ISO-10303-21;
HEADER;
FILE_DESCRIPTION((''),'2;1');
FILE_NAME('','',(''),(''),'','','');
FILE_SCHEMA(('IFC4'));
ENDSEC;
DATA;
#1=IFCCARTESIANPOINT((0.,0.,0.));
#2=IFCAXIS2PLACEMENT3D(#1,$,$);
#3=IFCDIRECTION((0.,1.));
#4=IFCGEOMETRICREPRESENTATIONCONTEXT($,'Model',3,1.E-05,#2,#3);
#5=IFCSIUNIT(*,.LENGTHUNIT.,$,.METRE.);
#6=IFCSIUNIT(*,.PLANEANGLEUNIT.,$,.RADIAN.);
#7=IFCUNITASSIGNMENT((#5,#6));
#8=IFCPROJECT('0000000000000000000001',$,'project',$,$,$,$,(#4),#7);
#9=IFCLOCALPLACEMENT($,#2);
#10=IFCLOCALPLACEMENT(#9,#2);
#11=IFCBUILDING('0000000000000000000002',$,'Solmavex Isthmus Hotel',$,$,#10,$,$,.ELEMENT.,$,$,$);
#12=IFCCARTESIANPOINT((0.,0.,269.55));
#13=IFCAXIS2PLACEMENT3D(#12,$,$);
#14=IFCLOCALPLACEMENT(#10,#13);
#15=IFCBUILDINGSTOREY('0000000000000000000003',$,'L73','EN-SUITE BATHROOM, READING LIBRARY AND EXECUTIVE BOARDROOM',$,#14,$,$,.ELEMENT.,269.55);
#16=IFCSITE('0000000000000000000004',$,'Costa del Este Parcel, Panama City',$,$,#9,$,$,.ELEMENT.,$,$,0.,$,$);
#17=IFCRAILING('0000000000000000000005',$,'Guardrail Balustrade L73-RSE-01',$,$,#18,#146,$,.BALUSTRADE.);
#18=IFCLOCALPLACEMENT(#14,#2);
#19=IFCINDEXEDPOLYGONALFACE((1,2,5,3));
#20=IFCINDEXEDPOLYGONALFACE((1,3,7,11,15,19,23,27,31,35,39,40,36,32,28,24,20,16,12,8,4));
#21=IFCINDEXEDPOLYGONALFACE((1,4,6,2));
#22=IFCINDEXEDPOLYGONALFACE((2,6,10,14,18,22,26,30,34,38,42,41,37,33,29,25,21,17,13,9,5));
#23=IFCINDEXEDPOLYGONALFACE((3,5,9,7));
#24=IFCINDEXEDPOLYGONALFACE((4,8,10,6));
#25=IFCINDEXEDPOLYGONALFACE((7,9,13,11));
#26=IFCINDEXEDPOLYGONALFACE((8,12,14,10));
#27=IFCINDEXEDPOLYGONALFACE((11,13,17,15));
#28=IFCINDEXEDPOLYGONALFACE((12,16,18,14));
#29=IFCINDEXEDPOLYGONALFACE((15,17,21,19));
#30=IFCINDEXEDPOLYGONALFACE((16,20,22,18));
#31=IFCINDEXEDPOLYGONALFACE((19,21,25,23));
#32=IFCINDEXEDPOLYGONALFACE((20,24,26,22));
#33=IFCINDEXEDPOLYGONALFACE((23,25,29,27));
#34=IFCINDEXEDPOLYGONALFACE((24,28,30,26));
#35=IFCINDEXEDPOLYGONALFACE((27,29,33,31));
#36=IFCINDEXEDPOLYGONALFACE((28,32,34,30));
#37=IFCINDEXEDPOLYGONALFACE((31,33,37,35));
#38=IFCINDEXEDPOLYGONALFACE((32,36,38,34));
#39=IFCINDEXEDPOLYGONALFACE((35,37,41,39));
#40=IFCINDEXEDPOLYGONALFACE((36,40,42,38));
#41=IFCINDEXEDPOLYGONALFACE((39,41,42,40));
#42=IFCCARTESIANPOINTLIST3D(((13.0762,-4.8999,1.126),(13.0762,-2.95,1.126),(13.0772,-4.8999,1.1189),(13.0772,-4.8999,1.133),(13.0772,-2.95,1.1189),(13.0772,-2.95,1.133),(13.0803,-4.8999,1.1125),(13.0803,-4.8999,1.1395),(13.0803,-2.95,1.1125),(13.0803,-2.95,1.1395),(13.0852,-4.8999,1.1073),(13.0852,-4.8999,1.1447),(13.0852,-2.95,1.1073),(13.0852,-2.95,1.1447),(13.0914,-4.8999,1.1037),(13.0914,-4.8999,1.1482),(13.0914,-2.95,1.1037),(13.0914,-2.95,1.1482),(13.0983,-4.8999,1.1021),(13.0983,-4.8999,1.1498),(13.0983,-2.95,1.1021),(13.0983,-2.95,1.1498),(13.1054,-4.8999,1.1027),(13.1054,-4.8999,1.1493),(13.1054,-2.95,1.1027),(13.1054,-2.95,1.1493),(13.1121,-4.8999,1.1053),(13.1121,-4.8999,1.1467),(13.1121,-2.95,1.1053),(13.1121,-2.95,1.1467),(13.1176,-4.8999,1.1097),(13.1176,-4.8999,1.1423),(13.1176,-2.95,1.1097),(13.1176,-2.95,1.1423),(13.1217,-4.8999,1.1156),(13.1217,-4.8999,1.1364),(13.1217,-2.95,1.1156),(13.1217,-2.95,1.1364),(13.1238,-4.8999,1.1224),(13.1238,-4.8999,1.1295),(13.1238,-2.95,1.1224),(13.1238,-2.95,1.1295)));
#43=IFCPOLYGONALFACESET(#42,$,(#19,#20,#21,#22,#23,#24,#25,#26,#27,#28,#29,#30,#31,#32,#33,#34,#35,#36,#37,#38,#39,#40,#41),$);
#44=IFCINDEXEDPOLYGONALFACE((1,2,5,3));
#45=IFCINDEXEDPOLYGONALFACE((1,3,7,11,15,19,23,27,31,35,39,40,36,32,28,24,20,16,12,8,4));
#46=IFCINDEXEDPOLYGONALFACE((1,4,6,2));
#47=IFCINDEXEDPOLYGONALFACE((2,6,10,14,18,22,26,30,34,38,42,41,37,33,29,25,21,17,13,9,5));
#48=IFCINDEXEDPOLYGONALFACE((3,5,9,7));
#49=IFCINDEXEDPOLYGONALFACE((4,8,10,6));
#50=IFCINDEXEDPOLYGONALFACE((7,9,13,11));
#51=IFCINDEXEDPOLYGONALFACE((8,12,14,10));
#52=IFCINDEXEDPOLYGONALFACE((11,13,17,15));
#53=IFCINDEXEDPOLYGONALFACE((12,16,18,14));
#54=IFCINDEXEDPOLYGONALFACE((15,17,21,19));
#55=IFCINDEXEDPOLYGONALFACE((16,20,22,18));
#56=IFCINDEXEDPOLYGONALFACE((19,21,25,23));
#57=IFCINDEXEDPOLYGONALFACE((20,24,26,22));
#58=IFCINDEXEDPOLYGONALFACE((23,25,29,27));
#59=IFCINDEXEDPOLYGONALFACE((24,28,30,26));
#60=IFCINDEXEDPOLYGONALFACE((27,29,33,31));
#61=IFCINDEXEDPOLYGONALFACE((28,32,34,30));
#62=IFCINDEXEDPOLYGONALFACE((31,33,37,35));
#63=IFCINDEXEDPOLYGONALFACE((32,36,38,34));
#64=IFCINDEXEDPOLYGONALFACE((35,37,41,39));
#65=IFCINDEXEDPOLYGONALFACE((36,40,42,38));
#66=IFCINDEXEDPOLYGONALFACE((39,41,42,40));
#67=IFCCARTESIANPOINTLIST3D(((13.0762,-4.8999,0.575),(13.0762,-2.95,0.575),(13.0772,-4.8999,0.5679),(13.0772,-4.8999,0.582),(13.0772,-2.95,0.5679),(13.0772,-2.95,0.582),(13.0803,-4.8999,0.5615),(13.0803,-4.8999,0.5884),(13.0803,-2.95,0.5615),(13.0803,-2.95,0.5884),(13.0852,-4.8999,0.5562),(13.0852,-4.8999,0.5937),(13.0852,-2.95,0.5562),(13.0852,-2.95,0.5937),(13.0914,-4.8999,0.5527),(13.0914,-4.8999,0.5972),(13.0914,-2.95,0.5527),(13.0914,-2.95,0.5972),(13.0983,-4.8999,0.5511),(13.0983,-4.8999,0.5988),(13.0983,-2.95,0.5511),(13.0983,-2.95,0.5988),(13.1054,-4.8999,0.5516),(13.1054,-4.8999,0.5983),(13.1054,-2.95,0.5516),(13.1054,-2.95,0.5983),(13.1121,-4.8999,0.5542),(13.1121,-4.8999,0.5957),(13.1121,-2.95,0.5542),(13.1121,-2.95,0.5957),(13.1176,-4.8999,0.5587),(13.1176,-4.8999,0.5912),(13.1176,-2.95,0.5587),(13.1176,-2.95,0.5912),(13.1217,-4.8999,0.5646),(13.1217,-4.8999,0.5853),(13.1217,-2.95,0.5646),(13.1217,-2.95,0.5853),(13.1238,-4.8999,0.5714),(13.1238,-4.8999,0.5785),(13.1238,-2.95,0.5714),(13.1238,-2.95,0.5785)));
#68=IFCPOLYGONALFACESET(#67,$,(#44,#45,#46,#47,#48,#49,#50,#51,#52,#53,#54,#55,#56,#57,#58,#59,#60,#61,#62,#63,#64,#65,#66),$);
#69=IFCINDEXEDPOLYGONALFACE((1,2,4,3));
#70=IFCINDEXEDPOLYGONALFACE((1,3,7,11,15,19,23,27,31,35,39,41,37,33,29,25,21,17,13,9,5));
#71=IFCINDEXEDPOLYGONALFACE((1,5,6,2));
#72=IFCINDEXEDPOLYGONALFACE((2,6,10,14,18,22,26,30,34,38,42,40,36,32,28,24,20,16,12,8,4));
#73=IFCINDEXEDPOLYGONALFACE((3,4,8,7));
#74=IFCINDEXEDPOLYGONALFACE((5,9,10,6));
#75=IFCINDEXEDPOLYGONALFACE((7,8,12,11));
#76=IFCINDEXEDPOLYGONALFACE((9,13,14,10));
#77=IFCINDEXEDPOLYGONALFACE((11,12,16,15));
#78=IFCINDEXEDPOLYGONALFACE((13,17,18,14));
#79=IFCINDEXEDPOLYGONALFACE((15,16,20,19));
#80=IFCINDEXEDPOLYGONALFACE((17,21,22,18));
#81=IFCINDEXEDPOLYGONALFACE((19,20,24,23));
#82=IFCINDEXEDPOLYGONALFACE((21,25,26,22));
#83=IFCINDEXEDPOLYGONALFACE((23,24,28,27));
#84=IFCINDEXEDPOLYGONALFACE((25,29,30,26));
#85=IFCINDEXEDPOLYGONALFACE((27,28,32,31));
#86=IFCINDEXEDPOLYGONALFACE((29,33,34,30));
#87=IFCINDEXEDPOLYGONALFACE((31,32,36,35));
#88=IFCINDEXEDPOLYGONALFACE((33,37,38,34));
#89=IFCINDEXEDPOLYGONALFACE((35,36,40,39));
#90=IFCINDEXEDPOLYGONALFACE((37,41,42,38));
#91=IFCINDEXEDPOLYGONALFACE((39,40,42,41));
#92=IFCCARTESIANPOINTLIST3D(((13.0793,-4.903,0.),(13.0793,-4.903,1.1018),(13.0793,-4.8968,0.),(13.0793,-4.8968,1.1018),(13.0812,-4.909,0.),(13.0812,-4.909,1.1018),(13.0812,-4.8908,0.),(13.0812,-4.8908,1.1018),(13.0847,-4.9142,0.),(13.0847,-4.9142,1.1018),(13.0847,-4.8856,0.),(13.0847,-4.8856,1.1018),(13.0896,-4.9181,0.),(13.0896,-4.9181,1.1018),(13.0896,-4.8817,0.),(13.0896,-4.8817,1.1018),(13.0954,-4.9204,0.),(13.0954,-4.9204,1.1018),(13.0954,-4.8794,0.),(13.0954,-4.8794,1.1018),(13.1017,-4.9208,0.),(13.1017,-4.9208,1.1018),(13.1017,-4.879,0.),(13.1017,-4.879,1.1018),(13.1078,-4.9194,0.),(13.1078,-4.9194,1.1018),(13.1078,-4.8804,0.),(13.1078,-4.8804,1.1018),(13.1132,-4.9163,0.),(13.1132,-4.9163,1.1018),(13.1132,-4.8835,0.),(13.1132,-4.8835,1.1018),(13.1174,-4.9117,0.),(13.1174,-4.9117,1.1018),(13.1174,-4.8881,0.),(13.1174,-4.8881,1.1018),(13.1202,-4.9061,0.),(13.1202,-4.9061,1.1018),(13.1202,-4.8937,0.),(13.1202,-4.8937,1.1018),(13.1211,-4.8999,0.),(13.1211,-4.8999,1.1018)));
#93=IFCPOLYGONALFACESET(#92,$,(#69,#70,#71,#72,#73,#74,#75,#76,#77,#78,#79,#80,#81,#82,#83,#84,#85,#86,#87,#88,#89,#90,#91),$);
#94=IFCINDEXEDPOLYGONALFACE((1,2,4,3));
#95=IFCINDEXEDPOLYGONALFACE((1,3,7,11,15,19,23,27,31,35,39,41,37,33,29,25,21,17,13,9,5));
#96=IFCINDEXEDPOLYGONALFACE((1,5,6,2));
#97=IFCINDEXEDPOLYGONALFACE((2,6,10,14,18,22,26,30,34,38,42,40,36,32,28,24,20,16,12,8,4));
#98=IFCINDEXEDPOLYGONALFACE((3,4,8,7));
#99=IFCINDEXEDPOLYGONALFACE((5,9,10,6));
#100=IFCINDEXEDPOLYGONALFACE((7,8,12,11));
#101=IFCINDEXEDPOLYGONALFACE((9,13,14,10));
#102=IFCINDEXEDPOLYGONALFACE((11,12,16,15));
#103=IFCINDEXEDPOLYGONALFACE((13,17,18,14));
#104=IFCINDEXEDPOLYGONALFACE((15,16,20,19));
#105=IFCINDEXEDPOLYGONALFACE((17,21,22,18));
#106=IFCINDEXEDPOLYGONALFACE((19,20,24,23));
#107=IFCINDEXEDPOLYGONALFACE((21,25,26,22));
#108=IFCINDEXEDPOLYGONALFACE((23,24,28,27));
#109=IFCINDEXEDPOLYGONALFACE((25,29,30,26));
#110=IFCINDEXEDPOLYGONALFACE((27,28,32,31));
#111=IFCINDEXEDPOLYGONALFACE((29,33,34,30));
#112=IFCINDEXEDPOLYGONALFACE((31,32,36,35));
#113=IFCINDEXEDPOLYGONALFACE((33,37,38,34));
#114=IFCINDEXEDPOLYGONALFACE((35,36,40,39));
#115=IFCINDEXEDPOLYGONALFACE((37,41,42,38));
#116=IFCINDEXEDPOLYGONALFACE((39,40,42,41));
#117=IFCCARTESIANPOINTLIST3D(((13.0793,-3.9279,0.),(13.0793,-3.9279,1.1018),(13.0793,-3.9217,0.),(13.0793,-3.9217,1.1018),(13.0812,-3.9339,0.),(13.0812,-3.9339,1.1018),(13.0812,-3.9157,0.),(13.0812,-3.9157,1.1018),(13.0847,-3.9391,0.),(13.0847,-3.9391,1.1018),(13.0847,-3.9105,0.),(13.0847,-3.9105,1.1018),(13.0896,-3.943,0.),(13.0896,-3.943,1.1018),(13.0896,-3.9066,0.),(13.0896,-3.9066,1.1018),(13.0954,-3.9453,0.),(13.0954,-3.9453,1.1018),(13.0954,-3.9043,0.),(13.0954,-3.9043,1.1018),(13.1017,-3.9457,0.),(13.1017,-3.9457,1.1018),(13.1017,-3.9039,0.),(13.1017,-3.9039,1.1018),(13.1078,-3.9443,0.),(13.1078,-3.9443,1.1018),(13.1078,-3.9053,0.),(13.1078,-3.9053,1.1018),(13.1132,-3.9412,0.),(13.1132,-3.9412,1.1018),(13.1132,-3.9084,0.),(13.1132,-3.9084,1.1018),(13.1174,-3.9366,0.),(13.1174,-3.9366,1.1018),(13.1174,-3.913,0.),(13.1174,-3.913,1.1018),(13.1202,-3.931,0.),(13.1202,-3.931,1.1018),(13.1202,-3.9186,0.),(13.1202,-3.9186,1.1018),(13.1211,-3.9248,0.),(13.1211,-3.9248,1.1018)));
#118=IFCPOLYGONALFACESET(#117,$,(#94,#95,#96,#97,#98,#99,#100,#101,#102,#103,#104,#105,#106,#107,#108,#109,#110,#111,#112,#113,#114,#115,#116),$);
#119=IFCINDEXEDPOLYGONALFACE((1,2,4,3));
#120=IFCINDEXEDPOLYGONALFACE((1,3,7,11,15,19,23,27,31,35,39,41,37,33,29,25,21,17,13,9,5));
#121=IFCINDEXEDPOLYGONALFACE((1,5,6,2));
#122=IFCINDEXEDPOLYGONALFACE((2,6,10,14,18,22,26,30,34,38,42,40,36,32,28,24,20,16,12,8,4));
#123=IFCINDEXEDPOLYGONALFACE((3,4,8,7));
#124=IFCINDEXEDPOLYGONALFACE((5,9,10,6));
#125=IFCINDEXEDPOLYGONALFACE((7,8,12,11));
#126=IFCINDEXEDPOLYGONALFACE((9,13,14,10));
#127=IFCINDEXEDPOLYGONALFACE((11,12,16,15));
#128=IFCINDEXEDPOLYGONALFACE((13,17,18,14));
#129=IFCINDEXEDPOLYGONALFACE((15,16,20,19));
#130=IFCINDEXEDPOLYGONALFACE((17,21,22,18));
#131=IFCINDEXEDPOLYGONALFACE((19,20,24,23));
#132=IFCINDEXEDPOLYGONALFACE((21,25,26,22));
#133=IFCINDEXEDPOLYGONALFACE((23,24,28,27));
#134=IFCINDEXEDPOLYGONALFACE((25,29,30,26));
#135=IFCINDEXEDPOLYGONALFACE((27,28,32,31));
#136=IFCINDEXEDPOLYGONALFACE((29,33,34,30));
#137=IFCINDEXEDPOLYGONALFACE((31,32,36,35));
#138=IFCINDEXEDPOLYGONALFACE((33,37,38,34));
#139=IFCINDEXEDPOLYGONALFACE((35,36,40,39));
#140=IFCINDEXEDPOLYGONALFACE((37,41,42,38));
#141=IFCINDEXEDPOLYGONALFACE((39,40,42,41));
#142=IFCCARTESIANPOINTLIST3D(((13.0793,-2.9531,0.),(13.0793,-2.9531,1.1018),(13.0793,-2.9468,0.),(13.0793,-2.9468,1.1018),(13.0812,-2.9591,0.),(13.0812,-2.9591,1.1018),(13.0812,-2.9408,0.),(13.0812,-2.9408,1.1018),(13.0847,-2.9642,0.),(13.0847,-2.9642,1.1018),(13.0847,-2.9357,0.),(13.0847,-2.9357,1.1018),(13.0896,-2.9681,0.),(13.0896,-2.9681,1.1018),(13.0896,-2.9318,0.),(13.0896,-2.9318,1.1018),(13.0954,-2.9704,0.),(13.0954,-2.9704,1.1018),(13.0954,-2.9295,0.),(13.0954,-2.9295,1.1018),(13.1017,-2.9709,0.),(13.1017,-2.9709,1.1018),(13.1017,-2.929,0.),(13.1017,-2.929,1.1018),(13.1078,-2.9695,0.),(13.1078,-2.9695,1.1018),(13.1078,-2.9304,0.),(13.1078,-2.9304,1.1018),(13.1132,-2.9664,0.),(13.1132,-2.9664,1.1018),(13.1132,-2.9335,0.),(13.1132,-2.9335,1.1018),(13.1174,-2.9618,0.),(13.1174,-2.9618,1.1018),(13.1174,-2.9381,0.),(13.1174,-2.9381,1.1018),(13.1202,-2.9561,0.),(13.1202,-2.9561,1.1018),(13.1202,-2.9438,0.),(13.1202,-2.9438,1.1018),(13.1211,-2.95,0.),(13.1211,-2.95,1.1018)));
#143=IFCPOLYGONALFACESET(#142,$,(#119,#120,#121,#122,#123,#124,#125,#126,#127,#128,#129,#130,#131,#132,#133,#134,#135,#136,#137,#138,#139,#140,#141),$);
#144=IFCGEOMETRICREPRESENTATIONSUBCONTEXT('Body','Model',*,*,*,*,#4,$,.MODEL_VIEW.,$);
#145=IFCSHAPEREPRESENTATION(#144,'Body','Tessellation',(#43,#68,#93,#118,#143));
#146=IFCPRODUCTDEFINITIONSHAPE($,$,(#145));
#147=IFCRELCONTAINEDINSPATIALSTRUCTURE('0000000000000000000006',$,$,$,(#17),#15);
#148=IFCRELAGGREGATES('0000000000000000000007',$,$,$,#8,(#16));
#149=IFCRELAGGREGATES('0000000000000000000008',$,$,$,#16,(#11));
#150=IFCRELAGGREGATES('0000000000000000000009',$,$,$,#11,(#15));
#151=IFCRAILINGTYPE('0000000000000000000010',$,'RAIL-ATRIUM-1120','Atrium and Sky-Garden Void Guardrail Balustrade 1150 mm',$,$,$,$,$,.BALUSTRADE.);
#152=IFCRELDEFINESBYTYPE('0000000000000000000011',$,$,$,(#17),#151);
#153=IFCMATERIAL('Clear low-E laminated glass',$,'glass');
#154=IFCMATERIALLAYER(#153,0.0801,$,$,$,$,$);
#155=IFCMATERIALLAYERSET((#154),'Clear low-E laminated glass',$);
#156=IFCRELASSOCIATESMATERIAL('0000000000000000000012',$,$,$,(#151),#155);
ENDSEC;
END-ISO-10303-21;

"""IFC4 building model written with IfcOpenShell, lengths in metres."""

from ifc_helpers import new_model, si_unit, direction, frame, origin, origin_2d, place, context, subcontext, project, spatial, circle, extrude, material, layer, layer_set, type_object, element, save


model = new_model("IFC4")

# Units and contexts
model_context = context("Model", 3, precision=1e-05, world=origin(), true_north=direction((0.0, 1.0)))
body_context = subcontext(model_context, "Body", "Model", "MODEL_VIEW")
ifc_project = project(units=[si_unit("LENGTHUNIT", "METRE"), si_unit("PLANEANGLEUNIT", "RADIAN")], contexts=[model_context])

# Site, building, storey
site_placement = place(None, origin())
site = spatial("IfcSite", under=ifc_project, at=site_placement, Name="Costa del Este Parcel, Panama City", CompositionType="ELEMENT", RefElevation=0.0)
building_placement = place(site_placement, origin())
building = spatial("IfcBuilding", under=site, at=building_placement, Name="Solmavex Isthmus Hotel", CompositionType="ELEMENT")
storey_placement = place(building_placement, frame((0.0, 0.0, 269.55)))
storey = spatial("IfcBuildingStorey", under=building, at=storey_placement, Name="L73", Description="EN-SUITE BATHROOM, READING LIBRARY AND EXECUTIVE BOARDROOM", CompositionType="ELEMENT", Elevation=269.55)

# Railing
ifc_material_1 = material(Name="Clear low-E laminated glass", Category="glass")
ifc_layer_1 = layer(ifc_material_1, 0.0801)
ifc_layer_set_1 = layer_set([ifc_layer_1], Name="Clear low-E laminated glass")
railing_type_1 = type_object("IfcRailingType", Name="RAIL-ATRIUM-1120", Description="Atrium and Sky-Garden Void Guardrail Balustrade 1150 mm", PredefinedType="BALUSTRADE", material=ifc_layer_set_1)
railing_1_placement = place(storey_placement, frame((13.1001, -4.8999, 0.0)))
element("IfcRailing", 1, at=railing_1_placement, inside=storey, type_object=railing_type_1, Name="Guardrail Balustrade L73-RSE-01", PredefinedType="BALUSTRADE", context=body_context, shape_type="SweptSolid", body=[
    extrude(circle(Radius=0.0239, at=origin_2d()), frame((0.0, 0.0, 1.126), z_axis=(0.0, 1.0, 0.0), x_axis=(-1.0, 0.0, 0.0)), (0.0, 0.0, 1.0), 1.95),
    extrude(circle(Radius=0.0239, at=origin_2d()), frame((0.0, 0.0, 0.575), z_axis=(0.0, 1.0, 0.0), x_axis=(-1.0, 0.0, 0.0)), (0.0, 0.0, 1.0), 1.95),
    extrude(circle(Radius=0.021, at=origin_2d()), origin(), (0.0, 0.0, 1.0), 1.1018),
    extrude(circle(Radius=0.021, at=origin_2d()), frame((0.0, 0.9751, 0.0)), (0.0, 0.0, 1.0), 1.1018),
    extrude(circle(Radius=0.021, at=origin_2d()), frame((0.0, 1.95, 0.0)), (0.0, 0.0, 1.0), 1.1018),
])

save(model, "model.ifc")
